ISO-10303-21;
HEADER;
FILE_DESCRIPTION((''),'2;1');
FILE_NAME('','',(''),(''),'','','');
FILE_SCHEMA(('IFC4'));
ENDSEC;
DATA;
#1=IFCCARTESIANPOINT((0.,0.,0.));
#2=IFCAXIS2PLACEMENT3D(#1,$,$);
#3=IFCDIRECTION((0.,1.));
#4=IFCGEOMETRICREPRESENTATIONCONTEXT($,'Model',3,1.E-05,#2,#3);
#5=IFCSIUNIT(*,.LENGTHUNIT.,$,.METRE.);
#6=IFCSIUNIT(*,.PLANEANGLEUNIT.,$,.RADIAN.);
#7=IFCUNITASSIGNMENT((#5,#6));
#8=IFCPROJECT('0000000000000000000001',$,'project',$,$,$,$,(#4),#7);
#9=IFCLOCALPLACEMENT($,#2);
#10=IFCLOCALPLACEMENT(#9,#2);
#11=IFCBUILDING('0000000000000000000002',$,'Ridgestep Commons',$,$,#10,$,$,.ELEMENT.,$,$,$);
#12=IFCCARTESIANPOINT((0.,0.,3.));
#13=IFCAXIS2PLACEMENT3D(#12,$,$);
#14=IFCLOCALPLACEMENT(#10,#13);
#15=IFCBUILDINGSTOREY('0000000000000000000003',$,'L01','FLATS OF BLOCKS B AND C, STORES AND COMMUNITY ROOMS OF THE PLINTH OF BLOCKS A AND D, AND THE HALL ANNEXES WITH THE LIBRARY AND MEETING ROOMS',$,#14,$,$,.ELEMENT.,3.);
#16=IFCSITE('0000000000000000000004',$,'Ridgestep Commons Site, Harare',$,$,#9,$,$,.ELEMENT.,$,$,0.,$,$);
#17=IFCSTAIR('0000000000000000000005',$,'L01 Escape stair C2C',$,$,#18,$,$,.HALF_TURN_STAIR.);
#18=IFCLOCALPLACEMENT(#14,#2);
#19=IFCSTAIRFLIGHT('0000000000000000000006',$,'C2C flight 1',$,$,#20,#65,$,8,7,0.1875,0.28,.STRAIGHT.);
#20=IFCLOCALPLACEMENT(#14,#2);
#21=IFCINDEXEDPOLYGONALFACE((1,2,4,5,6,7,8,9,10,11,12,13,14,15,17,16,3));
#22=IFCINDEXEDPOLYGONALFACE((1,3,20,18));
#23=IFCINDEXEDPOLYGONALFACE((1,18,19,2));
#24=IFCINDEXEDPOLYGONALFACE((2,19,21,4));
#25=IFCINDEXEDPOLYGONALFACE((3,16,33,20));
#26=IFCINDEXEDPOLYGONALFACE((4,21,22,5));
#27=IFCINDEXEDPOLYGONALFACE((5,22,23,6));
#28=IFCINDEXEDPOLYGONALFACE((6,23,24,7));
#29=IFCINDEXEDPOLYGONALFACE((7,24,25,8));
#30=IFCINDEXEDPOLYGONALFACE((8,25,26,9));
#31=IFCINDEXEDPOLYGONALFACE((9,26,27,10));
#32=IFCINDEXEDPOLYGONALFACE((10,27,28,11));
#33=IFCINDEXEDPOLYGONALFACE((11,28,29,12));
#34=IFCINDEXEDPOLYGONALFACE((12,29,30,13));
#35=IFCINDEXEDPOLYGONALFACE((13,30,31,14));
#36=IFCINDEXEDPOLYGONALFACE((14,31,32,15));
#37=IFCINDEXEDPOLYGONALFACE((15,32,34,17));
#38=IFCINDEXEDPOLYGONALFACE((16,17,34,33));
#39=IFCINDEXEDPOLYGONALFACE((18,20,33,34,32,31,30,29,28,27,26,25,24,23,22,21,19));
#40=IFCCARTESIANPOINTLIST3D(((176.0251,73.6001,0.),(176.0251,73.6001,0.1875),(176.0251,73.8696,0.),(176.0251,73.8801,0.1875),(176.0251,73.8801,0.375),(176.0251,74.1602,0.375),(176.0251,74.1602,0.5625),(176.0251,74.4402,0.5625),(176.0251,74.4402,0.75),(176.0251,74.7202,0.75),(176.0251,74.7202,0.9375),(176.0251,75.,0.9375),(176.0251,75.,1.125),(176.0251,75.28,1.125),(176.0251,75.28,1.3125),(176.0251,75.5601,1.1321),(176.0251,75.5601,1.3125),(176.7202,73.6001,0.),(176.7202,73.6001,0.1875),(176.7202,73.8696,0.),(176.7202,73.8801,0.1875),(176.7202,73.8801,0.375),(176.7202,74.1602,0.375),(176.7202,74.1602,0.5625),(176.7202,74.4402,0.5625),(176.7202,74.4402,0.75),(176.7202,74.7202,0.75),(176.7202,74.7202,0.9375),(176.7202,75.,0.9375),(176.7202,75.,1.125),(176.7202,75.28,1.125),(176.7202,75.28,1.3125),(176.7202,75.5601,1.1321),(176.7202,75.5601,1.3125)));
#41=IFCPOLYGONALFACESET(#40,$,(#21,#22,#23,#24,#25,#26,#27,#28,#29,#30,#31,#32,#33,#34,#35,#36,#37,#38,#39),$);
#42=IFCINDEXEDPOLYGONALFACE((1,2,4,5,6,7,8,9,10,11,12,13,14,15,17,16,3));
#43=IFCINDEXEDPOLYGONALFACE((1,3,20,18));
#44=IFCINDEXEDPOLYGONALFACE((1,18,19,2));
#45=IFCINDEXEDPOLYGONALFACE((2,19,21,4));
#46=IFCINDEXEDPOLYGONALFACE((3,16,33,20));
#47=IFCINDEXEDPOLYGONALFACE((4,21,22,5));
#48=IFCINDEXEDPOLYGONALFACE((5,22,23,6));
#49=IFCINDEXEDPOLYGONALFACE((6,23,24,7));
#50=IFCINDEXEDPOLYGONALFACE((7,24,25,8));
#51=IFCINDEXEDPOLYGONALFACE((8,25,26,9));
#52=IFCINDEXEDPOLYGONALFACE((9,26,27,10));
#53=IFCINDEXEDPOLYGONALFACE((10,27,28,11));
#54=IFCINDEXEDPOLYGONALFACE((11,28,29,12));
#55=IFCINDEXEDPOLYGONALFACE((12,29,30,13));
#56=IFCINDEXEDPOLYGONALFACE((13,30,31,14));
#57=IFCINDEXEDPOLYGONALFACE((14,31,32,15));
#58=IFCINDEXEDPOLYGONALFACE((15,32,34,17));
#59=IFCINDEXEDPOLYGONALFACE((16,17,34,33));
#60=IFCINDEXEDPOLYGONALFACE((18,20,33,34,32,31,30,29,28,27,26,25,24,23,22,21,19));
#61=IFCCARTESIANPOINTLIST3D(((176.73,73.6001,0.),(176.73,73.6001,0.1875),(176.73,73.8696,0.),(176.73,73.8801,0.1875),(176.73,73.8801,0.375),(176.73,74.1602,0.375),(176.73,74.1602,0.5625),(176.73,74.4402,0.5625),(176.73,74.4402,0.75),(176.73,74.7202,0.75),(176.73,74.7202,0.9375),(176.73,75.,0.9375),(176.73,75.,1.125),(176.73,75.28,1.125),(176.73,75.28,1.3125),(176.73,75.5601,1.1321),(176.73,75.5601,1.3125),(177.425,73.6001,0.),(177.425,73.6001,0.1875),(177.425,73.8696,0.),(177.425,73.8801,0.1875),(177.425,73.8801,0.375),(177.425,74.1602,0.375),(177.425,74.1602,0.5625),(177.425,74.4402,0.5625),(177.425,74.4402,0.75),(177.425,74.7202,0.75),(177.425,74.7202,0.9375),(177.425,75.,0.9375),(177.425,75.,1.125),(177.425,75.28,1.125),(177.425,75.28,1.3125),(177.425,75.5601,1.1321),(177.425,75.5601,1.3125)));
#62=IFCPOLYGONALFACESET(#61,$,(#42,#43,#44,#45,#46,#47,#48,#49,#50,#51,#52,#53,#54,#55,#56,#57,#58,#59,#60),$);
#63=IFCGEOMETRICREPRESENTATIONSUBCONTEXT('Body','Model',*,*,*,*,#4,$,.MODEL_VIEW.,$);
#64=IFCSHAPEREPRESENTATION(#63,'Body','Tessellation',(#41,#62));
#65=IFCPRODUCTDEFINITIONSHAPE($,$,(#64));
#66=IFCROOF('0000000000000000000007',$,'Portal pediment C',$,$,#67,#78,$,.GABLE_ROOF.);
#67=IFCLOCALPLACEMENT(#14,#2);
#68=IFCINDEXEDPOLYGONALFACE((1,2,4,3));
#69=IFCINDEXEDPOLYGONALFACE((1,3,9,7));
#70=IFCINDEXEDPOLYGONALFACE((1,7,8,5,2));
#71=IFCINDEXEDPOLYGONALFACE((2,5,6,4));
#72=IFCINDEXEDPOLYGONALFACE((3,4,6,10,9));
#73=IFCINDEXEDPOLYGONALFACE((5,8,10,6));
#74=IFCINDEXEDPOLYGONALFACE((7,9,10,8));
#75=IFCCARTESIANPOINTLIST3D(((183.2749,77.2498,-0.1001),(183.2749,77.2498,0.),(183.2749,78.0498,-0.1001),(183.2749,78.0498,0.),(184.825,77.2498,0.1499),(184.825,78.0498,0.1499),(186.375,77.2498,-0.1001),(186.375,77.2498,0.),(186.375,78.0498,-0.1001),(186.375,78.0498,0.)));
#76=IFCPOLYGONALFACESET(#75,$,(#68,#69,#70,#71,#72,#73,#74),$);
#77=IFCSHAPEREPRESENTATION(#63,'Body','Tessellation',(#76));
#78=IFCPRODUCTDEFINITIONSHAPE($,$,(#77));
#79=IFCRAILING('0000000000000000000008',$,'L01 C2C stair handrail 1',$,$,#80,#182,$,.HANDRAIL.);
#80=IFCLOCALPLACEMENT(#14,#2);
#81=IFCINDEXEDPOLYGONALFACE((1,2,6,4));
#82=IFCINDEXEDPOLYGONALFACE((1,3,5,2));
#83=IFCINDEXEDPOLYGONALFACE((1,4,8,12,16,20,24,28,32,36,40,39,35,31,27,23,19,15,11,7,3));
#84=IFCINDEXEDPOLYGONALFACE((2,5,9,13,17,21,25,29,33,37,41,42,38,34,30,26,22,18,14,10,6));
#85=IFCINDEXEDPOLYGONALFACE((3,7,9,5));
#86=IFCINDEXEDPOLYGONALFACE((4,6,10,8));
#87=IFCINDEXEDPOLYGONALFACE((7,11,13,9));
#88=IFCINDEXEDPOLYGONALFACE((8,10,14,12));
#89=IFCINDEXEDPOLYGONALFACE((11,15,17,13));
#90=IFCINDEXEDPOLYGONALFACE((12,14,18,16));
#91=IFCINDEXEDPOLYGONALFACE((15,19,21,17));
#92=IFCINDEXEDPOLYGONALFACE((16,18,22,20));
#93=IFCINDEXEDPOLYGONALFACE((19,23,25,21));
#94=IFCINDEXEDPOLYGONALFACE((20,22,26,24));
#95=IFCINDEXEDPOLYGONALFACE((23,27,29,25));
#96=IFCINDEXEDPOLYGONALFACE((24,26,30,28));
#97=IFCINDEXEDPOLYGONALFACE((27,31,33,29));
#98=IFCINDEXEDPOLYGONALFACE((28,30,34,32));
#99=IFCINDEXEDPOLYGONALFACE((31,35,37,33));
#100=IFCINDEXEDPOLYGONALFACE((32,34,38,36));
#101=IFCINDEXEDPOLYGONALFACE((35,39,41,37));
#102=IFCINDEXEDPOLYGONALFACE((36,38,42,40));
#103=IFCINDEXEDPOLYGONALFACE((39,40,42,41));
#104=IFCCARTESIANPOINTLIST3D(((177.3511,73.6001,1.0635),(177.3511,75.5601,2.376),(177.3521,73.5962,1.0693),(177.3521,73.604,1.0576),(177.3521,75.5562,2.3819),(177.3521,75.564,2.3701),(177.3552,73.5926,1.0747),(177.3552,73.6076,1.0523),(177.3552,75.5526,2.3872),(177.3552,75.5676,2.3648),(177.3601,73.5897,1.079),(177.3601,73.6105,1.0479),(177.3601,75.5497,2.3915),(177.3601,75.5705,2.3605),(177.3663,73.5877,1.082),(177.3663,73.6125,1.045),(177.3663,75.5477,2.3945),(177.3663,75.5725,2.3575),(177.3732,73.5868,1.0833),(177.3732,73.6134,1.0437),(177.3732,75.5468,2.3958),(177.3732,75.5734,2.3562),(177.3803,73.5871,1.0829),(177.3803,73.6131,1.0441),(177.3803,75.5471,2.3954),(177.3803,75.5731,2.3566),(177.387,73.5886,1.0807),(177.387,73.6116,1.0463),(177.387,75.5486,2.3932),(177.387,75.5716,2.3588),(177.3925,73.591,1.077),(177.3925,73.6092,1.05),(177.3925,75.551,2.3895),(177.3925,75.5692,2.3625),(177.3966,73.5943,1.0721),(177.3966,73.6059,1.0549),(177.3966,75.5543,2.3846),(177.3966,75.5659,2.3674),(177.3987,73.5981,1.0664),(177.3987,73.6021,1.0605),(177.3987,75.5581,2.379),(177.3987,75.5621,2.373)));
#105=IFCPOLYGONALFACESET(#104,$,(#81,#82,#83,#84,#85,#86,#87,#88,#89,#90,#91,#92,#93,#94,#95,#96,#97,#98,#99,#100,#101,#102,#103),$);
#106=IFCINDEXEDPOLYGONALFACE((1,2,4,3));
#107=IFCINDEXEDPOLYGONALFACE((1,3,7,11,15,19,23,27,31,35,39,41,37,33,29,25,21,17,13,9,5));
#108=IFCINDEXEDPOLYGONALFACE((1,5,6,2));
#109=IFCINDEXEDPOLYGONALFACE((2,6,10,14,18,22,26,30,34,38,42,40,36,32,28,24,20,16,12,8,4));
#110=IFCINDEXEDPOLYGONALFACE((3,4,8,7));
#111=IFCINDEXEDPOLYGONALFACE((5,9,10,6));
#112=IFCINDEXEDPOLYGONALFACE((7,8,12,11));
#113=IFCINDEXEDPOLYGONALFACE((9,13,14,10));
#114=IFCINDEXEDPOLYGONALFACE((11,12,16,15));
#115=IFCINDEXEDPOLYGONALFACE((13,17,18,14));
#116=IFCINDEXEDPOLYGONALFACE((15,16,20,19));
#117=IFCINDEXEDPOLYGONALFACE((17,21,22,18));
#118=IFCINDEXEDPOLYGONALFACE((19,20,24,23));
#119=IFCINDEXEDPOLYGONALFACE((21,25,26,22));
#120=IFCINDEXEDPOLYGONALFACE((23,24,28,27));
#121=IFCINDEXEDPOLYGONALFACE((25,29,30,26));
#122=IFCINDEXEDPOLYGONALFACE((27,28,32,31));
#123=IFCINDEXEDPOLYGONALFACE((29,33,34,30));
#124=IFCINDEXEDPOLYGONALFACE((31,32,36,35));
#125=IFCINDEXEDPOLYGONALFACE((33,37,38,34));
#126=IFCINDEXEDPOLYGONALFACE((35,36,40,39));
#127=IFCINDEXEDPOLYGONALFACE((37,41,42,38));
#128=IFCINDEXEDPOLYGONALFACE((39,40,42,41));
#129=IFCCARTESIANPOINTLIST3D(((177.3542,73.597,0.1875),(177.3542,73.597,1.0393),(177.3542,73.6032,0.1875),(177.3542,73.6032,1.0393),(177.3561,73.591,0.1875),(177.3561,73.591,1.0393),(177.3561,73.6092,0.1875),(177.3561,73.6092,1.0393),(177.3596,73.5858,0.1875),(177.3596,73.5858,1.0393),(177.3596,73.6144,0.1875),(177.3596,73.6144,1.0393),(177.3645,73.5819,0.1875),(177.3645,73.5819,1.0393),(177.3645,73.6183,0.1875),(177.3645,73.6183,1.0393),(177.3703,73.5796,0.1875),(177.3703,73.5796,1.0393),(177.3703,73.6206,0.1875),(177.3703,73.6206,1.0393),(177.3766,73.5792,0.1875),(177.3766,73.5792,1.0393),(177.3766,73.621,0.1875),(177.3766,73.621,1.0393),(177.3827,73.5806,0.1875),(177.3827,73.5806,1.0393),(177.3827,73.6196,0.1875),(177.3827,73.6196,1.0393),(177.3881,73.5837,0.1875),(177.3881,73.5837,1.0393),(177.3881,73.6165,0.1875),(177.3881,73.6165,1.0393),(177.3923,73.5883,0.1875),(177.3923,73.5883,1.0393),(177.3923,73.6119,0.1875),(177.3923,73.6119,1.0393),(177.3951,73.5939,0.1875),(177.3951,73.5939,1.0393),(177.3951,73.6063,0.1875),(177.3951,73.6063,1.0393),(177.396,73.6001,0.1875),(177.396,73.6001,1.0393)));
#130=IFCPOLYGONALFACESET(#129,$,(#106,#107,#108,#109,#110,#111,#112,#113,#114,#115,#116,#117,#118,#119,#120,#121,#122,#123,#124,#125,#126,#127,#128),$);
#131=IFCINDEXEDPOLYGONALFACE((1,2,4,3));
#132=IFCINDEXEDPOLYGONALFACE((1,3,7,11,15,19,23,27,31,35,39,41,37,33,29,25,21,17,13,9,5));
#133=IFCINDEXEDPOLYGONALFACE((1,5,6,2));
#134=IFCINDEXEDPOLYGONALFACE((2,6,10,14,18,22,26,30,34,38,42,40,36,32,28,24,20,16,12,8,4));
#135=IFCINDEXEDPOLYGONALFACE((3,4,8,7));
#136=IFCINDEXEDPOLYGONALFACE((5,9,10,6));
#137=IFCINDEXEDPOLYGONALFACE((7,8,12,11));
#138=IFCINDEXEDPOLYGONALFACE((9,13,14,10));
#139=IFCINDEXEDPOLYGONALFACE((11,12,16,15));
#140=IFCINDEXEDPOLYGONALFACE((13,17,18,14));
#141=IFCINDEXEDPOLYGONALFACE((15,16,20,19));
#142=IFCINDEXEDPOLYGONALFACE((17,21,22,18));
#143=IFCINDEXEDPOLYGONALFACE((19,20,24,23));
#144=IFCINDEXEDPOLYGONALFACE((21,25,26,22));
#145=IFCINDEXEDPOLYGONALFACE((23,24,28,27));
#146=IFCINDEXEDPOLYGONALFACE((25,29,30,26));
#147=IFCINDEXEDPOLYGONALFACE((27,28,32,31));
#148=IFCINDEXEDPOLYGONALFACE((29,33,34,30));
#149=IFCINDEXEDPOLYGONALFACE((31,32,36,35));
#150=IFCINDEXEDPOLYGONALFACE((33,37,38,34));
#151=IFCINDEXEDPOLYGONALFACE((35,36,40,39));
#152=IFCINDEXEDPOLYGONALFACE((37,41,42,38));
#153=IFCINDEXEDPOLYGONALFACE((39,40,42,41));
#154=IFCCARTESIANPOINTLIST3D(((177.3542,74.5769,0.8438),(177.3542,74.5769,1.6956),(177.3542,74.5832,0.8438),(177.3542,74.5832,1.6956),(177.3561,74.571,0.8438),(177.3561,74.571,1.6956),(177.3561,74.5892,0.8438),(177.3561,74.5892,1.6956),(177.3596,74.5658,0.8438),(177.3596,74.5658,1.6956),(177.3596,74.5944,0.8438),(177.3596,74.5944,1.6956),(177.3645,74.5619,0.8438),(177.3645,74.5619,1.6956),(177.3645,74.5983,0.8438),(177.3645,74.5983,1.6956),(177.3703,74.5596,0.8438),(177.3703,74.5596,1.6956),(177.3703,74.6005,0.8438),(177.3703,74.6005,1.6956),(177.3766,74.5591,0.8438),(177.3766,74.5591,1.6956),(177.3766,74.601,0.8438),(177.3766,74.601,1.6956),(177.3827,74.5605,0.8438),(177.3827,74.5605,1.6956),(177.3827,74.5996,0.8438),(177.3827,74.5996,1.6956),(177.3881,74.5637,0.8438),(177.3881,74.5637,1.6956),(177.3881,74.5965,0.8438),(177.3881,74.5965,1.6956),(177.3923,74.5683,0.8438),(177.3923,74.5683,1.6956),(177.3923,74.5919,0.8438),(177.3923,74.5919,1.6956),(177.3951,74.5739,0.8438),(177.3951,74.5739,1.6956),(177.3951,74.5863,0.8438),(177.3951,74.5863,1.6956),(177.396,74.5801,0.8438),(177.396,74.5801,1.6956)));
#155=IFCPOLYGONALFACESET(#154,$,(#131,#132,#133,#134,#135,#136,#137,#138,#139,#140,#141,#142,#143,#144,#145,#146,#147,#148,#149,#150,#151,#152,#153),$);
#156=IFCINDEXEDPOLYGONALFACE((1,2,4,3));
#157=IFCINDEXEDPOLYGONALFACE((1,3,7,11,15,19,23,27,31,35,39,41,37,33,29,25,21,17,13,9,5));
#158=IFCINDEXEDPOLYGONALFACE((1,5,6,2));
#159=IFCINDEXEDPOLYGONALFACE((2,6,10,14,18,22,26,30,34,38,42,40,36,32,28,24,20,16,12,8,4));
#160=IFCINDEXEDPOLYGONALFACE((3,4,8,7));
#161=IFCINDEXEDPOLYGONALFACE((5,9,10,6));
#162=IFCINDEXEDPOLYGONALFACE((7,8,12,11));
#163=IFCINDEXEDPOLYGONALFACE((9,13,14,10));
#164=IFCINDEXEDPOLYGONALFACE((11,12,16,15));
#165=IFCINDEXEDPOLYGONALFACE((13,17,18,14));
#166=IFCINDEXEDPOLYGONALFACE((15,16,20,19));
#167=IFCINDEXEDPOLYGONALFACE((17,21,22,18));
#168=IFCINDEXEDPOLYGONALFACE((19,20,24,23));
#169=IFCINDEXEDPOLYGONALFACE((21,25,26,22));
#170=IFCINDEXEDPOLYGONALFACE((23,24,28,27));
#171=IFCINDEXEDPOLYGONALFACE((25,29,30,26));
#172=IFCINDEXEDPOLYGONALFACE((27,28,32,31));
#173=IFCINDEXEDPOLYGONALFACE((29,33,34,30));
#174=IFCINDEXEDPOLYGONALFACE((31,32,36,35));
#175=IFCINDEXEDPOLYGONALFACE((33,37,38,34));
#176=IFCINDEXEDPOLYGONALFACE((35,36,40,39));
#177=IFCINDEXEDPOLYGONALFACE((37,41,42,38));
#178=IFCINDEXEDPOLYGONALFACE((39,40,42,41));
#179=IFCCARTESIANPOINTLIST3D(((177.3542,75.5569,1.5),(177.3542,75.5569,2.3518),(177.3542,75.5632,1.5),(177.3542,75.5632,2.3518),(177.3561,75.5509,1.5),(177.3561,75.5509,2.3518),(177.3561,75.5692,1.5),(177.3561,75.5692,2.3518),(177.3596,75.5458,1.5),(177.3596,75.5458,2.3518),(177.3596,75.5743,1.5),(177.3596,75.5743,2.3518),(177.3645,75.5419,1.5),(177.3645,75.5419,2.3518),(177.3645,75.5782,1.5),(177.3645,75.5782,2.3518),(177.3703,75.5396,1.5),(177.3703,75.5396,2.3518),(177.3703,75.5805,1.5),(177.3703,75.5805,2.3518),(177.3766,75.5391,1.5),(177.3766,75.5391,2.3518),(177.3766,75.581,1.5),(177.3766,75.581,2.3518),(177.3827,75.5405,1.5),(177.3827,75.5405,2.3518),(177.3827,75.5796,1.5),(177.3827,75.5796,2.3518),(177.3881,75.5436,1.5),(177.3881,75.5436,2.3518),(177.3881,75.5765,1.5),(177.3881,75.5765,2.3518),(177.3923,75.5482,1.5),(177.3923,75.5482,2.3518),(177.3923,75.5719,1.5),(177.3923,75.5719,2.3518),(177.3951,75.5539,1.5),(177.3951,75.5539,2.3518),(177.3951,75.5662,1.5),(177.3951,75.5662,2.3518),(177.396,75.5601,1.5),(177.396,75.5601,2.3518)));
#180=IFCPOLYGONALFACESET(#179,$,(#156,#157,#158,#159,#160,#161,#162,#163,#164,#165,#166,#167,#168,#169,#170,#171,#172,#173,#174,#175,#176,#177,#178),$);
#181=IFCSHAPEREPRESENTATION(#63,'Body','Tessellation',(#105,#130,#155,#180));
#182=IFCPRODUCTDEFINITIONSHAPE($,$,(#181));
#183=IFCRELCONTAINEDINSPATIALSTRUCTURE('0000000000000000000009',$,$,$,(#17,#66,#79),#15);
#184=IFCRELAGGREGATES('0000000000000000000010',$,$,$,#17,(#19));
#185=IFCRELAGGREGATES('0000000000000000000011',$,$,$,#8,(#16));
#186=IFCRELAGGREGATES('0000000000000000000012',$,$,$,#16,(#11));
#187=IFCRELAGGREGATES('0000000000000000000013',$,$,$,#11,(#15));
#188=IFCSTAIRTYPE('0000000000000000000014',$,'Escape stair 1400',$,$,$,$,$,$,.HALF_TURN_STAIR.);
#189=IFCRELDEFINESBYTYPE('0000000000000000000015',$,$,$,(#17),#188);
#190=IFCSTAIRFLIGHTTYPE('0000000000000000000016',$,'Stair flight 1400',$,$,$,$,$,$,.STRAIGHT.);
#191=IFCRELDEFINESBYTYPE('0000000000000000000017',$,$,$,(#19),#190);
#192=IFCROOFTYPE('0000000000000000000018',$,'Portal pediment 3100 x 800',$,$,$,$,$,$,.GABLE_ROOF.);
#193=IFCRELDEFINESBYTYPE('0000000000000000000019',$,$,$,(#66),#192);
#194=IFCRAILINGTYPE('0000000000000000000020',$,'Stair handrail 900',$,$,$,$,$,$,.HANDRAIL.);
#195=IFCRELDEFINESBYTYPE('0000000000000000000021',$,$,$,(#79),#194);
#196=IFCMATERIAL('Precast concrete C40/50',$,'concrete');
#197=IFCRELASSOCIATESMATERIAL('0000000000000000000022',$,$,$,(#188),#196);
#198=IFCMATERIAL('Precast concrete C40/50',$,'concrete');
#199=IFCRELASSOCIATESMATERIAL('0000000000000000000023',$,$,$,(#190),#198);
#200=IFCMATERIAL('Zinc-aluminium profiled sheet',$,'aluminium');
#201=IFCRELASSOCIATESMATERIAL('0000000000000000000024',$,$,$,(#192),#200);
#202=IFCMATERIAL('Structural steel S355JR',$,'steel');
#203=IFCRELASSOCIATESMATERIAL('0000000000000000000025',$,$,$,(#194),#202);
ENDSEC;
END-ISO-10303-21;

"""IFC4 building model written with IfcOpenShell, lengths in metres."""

from ifc_helpers import new_model, si_unit, direction, frame, origin, origin_2d, place, context, subcontext, project, spatial, polyline, circle, outline, extrude, material, type_object, element, aggregate, save


model = new_model("IFC4")

# Units and contexts
model_context = context("Model", 3, precision=1e-05, world=origin(), true_north=direction((0.0, 1.0)))
body_context = subcontext(model_context, "Body", "Model", "MODEL_VIEW")
ifc_project = project(units=[si_unit("LENGTHUNIT", "METRE"), si_unit("PLANEANGLEUNIT", "RADIAN")], contexts=[model_context])

# Site, building, storey
site_placement = place(None, origin())
site = spatial("IfcSite", under=ifc_project, at=site_placement, Name="Ridgestep Commons Site, Harare", CompositionType="ELEMENT", RefElevation=0.0)
building_placement = place(site_placement, origin())
building = spatial("IfcBuilding", under=site, at=building_placement, Name="Ridgestep Commons", CompositionType="ELEMENT")
storey_placement = place(building_placement, frame((0.0, 0.0, 3.0)))
storey = spatial("IfcBuildingStorey", under=building, at=storey_placement, Name="L01", Description="FLATS OF BLOCKS B AND C, STORES AND COMMUNITY ROOMS OF THE PLINTH OF BLOCKS A AND D, AND THE HALL ANNEXES WITH THE LIBRARY AND MEETING ROOMS", CompositionType="ELEMENT", Elevation=3.0)

# Stair, stair flight
ifc_material_1 = material(Name="Precast concrete C40/50", Category="concrete")
stair_type = type_object("IfcStairType", Name="Escape stair 1400", PredefinedType="HALF_TURN_STAIR", material=ifc_material_1)
stair_placement = place(storey_placement, origin())
stair = element("IfcStair", 1, at=stair_placement, inside=storey, type_object=stair_type, Name="L01 Escape stair C2C", PredefinedType="HALF_TURN_STAIR")
ifc_material_2 = material(Name="Precast concrete C40/50", Category="concrete")
stair_flight_type = type_object("IfcStairFlightType", Name="Stair flight 1400", PredefinedType="STRAIGHT", material=ifc_material_2)
stair_flight_placement = place(storey_placement, frame((176.7251, 73.6001, 0.0), z_axis=(0.0, 0.0, 1.0), x_axis=(0.0, 1.0, 0.0)))
stair_flight = element("IfcStairFlight", 2, at=stair_flight_placement, type_object=stair_flight_type, Name="C2C flight 1", NumberOfRisers=8, NumberOfTreads=7, PredefinedType="STRAIGHT", RiserHeight=0.1875, TreadLength=0.28, context=body_context, shape_type="SweptSolid", body=[
    extrude(outline(polyline([(0.0, 0.0), (0.0, 0.1875), (0.28, 0.1875), (0.28, 0.375), (0.5601, 0.375), (0.5601, 0.5625), (0.8401, 0.5625), (0.8401, 0.75), (1.1201, 0.75), (1.1201, 0.9375), (1.3999, 0.9375), (1.3999, 1.125), (1.6799, 1.125), (1.6799, 1.3125), (1.96, 1.3125), (1.96, 1.5), (1.96, 1.1321), (0.2695, 0.0), (0.0, 0.0)])), frame((0.0, 0.7, 0.0), z_axis=(0.0, -1.0, 0.0), x_axis=(1.0, 0.0, 0.0)), (0.0, 0.0, 1.0), 0.6951),
    extrude(outline(polyline([(0.0, 0.0), (0.0, 0.1875), (0.28, 0.1875), (0.28, 0.375), (0.5601, 0.375), (0.5601, 0.5625), (0.8401, 0.5625), (0.8401, 0.75), (1.1201, 0.75), (1.1201, 0.9375), (1.3999, 0.9375), (1.3999, 1.125), (1.6799, 1.125), (1.6799, 1.3125), (1.96, 1.3125), (1.96, 1.5), (1.96, 1.1321), (0.2695, 0.0), (0.0, 0.0)])), frame((0.0, -0.0049, 0.0), z_axis=(0.0, -1.0, 0.0), x_axis=(1.0, 0.0, 0.0)), (0.0, 0.0, 1.0), 0.6951),
])
aggregate(stair, [stair_flight])

# Roof
ifc_material_3 = material(Name="Zinc-aluminium profiled sheet", Category="aluminium")
roof_type = type_object("IfcRoofType", Name="Portal pediment 3100 x 800", PredefinedType="GABLE_ROOF", material=ifc_material_3)
roof_placement = place(storey_placement, frame((183.2749, 77.6499, -0.1001), z_axis=(0.0, 0.0, 1.0), x_axis=(1.0, 0.0, 0.0)))
element("IfcRoof", 3, at=roof_placement, inside=storey, type_object=roof_type, Name="Portal pediment C", PredefinedType="GABLE_ROOF", context=body_context, shape_type="SweptSolid", body=[
    extrude(outline(polyline([(0.0, 0.0), (3.1001, 0.0), (3.1001, 0.1001), (1.55, 0.25), (0.0, 0.1001), (0.0, 0.0)])), frame((0.0, 0.3999, 0.0), z_axis=(0.0, -1.0, 0.0), x_axis=(1.0, 0.0, 0.0)), (0.0, 0.0, 1.0), 0.8),
])

# Railing
ifc_material_4 = material(Name="Structural steel S355JR", Category="steel")
railing_type = type_object("IfcRailingType", Name="Stair handrail 900", PredefinedType="HANDRAIL", material=ifc_material_4)
railing_1_placement = place(storey_placement, frame((177.375, 73.6001, 0.1875)))
element("IfcRailing", 4, at=railing_1_placement, inside=storey, type_object=railing_type, Name="L01 C2C stair handrail 1", PredefinedType="HANDRAIL", context=body_context, shape_type="SweptSolid", body=[
    extrude(circle(Radius=0.0239, at=origin_2d()), frame((0.0, 0.0, 0.876), z_axis=(0.0, 0.830902, 0.556419), x_axis=(-1.0, 0.0, 0.0)), (0.0, 0.0, 1.0), 2.3589),
    extrude(circle(Radius=0.021, at=origin_2d()), origin(), (0.0, 0.0, 1.0), 0.8518),
    extrude(circle(Radius=0.021, at=origin_2d()), frame((0.0, 0.98, 0.6562)), (0.0, 0.0, 1.0), 0.8518),
    extrude(circle(Radius=0.021, at=origin_2d()), frame((0.0, 1.96, 1.3125)), (0.0, 0.0, 1.0), 0.8518),
])

save(model, "model.ifc")
